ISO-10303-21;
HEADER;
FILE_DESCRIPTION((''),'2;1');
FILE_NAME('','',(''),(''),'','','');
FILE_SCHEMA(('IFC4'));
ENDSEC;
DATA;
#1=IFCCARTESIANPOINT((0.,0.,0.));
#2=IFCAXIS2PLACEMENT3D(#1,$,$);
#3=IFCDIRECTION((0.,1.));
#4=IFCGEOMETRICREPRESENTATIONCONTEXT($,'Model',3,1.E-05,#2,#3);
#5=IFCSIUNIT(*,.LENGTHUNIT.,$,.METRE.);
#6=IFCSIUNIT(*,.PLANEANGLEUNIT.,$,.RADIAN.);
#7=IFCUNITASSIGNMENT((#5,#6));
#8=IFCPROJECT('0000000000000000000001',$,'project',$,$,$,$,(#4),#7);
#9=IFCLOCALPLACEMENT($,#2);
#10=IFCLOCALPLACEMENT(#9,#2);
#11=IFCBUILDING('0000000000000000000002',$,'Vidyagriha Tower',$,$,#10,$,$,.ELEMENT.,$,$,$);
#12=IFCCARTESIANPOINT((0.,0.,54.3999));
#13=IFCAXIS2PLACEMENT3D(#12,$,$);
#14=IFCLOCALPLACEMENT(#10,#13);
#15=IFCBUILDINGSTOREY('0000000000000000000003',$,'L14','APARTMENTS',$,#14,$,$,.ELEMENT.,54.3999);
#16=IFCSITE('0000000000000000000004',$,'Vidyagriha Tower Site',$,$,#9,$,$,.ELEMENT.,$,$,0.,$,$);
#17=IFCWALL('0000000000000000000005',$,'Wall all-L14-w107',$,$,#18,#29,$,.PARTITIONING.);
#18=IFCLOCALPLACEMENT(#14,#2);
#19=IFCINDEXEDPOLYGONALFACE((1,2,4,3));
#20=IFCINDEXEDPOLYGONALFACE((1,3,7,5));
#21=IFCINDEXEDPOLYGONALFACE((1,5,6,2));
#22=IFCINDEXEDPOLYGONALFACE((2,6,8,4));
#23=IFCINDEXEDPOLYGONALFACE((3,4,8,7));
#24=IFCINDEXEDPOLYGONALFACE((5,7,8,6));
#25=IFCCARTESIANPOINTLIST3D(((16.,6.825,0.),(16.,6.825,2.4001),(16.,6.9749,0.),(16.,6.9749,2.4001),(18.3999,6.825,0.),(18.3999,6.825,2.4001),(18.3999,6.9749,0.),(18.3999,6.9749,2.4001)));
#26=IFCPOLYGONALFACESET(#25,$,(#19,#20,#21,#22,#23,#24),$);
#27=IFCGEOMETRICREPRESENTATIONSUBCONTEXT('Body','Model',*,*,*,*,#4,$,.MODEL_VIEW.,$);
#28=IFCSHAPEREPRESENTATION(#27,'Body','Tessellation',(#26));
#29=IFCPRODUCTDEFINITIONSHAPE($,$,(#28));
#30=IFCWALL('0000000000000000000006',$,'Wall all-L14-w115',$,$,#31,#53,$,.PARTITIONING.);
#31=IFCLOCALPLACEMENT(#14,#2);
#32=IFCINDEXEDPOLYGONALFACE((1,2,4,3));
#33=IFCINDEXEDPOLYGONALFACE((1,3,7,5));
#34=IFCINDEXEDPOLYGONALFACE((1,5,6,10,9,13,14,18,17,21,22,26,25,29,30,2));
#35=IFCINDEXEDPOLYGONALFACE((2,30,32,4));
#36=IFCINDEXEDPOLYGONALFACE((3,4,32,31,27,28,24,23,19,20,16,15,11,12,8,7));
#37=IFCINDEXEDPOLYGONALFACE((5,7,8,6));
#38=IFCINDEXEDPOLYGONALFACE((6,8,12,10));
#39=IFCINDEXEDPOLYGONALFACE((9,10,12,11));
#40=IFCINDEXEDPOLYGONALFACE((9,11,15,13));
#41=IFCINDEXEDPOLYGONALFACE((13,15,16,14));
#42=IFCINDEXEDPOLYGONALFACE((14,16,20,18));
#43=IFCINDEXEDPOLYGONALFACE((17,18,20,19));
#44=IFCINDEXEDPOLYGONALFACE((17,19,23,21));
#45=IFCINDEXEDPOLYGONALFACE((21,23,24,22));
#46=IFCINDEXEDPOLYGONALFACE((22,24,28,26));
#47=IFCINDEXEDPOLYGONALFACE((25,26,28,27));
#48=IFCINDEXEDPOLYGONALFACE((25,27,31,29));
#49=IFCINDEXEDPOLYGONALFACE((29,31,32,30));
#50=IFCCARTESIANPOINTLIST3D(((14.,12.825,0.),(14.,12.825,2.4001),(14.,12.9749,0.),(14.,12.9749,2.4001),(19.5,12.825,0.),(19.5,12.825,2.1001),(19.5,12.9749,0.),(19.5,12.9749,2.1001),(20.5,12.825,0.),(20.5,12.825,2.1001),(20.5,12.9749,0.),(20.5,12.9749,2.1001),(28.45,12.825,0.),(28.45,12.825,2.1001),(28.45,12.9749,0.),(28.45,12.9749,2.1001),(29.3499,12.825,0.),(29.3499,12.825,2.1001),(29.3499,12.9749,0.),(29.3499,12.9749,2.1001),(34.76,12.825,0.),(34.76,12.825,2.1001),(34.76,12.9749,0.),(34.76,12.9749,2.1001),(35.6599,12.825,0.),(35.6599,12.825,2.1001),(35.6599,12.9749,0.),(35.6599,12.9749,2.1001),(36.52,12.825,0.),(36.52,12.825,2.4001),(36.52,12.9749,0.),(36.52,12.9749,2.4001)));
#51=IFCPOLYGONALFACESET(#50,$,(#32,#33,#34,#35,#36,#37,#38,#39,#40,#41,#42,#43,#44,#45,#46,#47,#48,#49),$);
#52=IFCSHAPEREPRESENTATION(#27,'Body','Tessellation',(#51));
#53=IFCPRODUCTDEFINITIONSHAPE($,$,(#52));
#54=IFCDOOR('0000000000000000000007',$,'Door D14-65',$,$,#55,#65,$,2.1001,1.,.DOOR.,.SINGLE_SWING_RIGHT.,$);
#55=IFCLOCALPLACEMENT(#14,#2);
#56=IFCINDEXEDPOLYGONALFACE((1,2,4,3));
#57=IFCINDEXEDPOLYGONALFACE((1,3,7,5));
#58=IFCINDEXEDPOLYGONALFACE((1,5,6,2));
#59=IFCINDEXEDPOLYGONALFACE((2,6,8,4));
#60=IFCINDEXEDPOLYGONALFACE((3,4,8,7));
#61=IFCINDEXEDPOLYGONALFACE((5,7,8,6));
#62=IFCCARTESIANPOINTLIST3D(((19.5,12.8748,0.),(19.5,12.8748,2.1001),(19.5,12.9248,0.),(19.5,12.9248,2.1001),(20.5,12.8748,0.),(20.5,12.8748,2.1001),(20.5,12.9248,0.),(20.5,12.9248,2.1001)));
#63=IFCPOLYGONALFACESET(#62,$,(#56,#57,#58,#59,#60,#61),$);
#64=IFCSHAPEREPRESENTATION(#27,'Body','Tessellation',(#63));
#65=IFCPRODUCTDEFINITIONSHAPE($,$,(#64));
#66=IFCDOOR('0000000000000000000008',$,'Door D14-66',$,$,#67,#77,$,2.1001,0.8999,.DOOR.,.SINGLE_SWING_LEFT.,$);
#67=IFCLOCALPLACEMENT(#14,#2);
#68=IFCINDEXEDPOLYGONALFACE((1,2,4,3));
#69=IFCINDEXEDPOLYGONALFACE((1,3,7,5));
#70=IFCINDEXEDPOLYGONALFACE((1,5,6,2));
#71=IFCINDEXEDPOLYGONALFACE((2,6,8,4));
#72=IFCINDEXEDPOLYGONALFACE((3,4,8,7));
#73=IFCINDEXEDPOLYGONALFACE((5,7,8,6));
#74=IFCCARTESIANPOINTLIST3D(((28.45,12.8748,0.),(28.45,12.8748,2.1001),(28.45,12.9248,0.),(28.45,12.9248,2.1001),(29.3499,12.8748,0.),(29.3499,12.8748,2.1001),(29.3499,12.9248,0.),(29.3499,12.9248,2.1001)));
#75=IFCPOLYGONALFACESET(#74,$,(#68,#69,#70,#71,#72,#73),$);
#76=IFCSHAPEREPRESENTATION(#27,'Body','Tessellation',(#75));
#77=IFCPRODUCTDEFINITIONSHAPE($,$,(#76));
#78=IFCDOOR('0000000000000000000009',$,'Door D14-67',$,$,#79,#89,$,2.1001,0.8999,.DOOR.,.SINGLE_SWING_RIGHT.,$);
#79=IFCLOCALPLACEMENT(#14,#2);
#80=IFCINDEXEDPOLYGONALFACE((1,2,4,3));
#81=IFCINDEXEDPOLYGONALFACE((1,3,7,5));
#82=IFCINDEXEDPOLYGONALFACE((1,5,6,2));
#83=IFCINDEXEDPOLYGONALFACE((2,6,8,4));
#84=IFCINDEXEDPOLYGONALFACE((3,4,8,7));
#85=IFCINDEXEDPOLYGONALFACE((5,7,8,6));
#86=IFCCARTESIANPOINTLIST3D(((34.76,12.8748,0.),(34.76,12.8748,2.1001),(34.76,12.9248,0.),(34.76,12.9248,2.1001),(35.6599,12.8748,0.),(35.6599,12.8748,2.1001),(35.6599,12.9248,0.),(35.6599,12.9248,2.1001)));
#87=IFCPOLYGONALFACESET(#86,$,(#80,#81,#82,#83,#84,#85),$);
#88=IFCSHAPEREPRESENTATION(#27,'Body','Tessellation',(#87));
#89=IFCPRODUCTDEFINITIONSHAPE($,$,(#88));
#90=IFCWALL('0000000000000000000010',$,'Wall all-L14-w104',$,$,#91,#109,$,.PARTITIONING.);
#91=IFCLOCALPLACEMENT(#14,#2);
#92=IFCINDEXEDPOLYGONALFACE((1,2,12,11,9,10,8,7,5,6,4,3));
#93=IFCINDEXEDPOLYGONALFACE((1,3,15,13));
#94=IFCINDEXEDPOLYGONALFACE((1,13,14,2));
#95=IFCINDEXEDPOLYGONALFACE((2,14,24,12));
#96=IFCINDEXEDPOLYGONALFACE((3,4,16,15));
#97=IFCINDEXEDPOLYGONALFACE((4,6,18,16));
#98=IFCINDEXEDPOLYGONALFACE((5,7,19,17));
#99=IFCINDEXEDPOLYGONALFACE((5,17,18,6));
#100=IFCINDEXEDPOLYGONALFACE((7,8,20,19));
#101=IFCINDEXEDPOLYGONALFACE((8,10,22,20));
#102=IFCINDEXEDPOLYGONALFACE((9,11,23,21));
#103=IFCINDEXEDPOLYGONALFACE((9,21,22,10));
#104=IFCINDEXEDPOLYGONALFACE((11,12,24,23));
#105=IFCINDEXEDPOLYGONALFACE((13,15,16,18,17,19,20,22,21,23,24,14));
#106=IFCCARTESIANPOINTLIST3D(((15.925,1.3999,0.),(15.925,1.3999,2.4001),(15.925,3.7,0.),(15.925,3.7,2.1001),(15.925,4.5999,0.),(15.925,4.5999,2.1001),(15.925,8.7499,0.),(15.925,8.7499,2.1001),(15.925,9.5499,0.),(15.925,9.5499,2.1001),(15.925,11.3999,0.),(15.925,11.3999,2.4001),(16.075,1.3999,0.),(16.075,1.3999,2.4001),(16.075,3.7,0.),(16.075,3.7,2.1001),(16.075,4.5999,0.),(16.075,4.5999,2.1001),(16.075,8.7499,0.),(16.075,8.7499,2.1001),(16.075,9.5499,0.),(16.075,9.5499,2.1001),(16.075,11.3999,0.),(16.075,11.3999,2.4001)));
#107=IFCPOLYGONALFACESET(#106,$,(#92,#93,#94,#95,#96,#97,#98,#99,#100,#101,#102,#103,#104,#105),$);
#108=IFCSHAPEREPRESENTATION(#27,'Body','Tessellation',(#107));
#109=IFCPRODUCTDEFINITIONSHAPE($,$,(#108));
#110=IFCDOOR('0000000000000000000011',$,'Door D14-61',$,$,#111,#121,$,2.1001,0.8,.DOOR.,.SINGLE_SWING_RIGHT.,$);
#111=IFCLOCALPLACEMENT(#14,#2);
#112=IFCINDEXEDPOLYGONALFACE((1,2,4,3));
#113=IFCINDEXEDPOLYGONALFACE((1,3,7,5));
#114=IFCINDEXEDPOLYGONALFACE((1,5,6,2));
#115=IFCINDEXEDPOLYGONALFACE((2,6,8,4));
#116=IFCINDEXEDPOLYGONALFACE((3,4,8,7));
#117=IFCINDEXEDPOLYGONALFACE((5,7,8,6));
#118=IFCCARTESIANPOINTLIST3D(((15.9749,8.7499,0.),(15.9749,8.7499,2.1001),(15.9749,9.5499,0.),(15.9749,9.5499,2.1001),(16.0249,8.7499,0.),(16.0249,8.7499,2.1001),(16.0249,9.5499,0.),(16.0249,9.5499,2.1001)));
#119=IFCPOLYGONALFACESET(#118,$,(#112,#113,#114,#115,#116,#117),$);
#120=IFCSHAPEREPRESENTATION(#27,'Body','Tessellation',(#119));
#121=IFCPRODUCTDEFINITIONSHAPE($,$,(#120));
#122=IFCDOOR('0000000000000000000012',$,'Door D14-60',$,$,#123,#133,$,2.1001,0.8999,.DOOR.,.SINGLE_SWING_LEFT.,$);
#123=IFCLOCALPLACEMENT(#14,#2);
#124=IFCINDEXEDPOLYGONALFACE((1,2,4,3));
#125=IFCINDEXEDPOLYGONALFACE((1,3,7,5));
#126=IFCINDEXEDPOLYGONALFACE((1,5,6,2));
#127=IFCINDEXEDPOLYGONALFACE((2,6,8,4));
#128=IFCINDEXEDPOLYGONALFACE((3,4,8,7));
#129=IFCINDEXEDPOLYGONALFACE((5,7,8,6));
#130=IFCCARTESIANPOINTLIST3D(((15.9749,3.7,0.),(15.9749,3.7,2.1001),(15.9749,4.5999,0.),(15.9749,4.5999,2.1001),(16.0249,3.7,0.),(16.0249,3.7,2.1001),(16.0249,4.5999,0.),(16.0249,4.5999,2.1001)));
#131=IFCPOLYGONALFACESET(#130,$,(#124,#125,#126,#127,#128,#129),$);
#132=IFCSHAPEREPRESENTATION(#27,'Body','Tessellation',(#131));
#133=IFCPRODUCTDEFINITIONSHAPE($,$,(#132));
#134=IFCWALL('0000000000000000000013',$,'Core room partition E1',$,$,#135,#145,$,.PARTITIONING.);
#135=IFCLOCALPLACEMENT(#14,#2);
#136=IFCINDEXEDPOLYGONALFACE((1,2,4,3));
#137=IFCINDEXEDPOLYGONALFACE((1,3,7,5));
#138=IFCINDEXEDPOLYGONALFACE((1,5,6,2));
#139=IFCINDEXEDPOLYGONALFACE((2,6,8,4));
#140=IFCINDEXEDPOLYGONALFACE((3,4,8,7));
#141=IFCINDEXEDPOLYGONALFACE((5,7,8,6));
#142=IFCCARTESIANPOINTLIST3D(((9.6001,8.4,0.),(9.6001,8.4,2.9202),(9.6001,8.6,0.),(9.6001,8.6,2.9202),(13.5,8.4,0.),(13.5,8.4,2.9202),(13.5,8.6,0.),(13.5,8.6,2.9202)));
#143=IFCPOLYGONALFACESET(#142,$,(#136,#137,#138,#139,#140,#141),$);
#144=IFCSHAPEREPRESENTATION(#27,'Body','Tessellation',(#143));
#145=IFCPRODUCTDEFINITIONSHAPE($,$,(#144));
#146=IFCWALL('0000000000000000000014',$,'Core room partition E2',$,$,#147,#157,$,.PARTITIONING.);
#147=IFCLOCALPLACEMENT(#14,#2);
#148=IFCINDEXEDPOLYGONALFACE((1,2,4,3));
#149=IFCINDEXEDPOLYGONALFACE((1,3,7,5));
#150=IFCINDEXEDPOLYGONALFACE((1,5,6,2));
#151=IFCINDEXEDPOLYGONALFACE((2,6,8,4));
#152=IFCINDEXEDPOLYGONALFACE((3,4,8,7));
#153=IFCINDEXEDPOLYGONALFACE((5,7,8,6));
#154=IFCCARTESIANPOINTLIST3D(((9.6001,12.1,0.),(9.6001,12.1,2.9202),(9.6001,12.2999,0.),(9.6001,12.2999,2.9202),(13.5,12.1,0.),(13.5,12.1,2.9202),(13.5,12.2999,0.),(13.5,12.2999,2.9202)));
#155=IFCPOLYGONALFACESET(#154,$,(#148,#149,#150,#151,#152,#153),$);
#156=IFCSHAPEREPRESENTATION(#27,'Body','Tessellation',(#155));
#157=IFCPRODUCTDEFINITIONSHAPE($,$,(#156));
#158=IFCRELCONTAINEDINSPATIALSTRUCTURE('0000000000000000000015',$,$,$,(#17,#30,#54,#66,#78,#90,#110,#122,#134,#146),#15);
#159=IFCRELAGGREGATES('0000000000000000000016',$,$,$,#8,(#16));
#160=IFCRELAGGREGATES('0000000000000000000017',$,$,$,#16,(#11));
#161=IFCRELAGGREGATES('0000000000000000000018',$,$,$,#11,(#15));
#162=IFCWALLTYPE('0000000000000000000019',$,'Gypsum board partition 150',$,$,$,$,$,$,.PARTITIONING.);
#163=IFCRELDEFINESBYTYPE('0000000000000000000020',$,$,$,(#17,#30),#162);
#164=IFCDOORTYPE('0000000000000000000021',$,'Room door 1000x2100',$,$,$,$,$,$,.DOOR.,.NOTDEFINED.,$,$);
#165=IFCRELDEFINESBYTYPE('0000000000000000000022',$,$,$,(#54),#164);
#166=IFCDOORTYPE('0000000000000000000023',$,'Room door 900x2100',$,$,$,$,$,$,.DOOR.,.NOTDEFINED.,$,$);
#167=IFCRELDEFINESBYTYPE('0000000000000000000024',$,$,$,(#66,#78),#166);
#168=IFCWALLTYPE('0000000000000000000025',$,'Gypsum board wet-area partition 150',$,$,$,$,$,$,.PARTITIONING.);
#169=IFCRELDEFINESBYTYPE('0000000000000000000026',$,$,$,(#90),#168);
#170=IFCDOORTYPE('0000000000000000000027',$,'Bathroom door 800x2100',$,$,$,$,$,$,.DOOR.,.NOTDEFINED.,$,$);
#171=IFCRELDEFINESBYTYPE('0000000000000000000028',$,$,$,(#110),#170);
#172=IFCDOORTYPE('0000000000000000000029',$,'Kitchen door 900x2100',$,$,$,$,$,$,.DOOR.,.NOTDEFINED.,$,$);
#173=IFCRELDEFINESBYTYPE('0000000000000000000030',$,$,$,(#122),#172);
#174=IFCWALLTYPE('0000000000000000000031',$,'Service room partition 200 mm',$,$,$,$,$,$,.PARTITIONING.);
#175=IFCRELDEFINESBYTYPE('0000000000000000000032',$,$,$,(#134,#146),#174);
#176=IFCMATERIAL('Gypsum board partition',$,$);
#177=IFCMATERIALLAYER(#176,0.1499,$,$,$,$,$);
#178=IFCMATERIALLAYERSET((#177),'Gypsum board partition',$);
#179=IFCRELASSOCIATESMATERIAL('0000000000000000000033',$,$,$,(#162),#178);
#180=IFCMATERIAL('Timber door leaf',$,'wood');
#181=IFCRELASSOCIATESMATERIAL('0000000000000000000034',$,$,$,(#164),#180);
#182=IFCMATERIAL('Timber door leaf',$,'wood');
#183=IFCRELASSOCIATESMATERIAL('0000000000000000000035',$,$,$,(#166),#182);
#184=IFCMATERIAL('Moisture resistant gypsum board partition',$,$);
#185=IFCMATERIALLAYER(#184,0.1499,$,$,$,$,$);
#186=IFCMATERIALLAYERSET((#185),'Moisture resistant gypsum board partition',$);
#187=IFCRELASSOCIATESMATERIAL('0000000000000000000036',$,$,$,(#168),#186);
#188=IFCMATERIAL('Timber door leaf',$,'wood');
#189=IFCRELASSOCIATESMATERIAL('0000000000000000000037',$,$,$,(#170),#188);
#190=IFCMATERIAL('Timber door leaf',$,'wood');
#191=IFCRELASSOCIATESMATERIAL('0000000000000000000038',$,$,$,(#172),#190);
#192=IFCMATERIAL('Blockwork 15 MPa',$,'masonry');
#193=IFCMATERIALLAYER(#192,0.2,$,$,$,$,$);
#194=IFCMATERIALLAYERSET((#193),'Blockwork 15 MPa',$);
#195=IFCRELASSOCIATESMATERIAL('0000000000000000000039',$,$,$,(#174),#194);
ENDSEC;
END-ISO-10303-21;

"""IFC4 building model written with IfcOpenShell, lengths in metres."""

from ifc_helpers import new_model, si_unit, direction, frame, frame_2d, origin, place, context, subcontext, project, spatial, rectangle, extrude, material, layer, layer_set, type_object, element, fill, save


model = new_model("IFC4")

# Units and contexts
model_context = context("Model", 3, precision=1e-05, world=origin(), true_north=direction((0.0, 1.0)))
body_context = subcontext(model_context, "Body", "Model", "MODEL_VIEW")
ifc_project = project(units=[si_unit("LENGTHUNIT", "METRE"), si_unit("PLANEANGLEUNIT", "RADIAN")], contexts=[model_context])

# Site, building, storey
site_placement = place(None, origin())
site = spatial("IfcSite", under=ifc_project, at=site_placement, Name="Vidyagriha Tower Site", CompositionType="ELEMENT", RefElevation=0.0)
building_placement = place(site_placement, origin())
building = spatial("IfcBuilding", under=site, at=building_placement, Name="Vidyagriha Tower", CompositionType="ELEMENT")
storey_placement = place(building_placement, frame((0.0, 0.0, 54.3999)))
storey = spatial("IfcBuildingStorey", under=building, at=storey_placement, Name="L14", Description="APARTMENTS", CompositionType="ELEMENT", Elevation=54.3999)

# Wall
ifc_material_1 = material(Name="Gypsum board partition")
ifc_layer_1 = layer(ifc_material_1, 0.1499)
ifc_layer_set_1 = layer_set([ifc_layer_1], Name="Gypsum board partition")
wall_type_1 = type_object("IfcWallType", Name="Gypsum board partition 150", PredefinedType="PARTITIONING", material=ifc_layer_set_1)
wall_1_placement = place(storey_placement, frame((16.0, 6.8999, 0.0)))
element("IfcWall", 1, at=wall_1_placement, inside=storey, type_object=wall_type_1, Name="Wall all-L14-w107", PredefinedType="PARTITIONING", context=body_context, shape_type="SweptSolid", body=[
    extrude(rectangle(XDim=2.3999, YDim=0.1499, at=frame_2d((1.2, 0.0))), origin(), (0.0, 0.0, 1.0), 2.4001),
])

# Walls, openings, doors
wall_2_placement = place(storey_placement, frame((14.0, 12.8999, 0.0)))
wall_2 = element("IfcWall", 2, at=wall_2_placement, inside=storey, type_object=wall_type_1, Name="Wall all-L14-w115", PredefinedType="PARTITIONING", context=body_context, shape_type="SweptSolid", body=[
    extrude(rectangle(XDim=22.52, YDim=0.1499, at=frame_2d((11.26, 0.0))), origin(), (0.0, 0.0, 1.0), 2.4001),
])
opening_1_placement = place(wall_2_placement, frame((5.5, 0.0, 0.0)))
opening_1 = element("IfcOpeningElement", 3, at=opening_1_placement, cuts=wall_2, PredefinedType="OPENING", context=body_context, shape_type="SweptSolid", body=[
    extrude(rectangle(XDim=1.0, YDim=2.1001, at=frame_2d((0.5, 1.05))), frame((0.0, 0.085, 0.0), z_axis=(0.0, -1.0, 0.0), x_axis=(1.0, 0.0, 0.0)), (0.0, 0.0, 1.0), 0.1699),
])
opening_2_placement = place(wall_2_placement, frame((14.45, 0.0, 0.0)))
opening_2 = element("IfcOpeningElement", 4, at=opening_2_placement, cuts=wall_2, PredefinedType="OPENING", context=body_context, shape_type="SweptSolid", body=[
    extrude(rectangle(XDim=0.8999, YDim=2.1001, at=frame_2d((0.45, 1.05))), frame((0.0, 0.085, 0.0), z_axis=(0.0, -1.0, 0.0), x_axis=(1.0, 0.0, 0.0)), (0.0, 0.0, 1.0), 0.1699),
])
opening_3_placement = place(wall_2_placement, frame((20.76, 0.0, 0.0)))
opening_3 = element("IfcOpeningElement", 5, at=opening_3_placement, cuts=wall_2, PredefinedType="OPENING", context=body_context, shape_type="SweptSolid", body=[
    extrude(rectangle(XDim=0.8999, YDim=2.1001, at=frame_2d((0.45, 1.05))), frame((0.0, 0.085, 0.0), z_axis=(0.0, -1.0, 0.0), x_axis=(1.0, 0.0, 0.0)), (0.0, 0.0, 1.0), 0.1699),
])
ifc_material_2 = material(Name="Timber door leaf", Category="wood")
door_type_1 = type_object("IfcDoorType", Name="Room door 1000x2100", OperationType="NOTDEFINED", PredefinedType="DOOR", material=ifc_material_2)
door_1_placement = place(opening_1_placement, origin())
door_1 = element("IfcDoor", 6, at=door_1_placement, inside=storey, type_object=door_type_1, Name="Door D14-65", OperationType="SINGLE_SWING_RIGHT", OverallHeight=2.1001, OverallWidth=1.0, PredefinedType="DOOR", context=body_context, shape_type="SweptSolid", body=[
    extrude(rectangle(XDim=1.0, YDim=2.1001, at=frame_2d((0.5, 1.05))), frame((0.0, 0.0249, 0.0), z_axis=(0.0, -1.0, 0.0), x_axis=(1.0, 0.0, 0.0)), (0.0, 0.0, 1.0), 0.05),
])
fill(opening_1, door_1)
ifc_material_3 = material(Name="Timber door leaf", Category="wood")
door_type_2 = type_object("IfcDoorType", Name="Room door 900x2100", OperationType="NOTDEFINED", PredefinedType="DOOR", material=ifc_material_3)
door_2_placement = place(opening_2_placement, origin())
door_2 = element("IfcDoor", 7, at=door_2_placement, inside=storey, type_object=door_type_2, Name="Door D14-66", OperationType="SINGLE_SWING_LEFT", OverallHeight=2.1001, OverallWidth=0.8999, PredefinedType="DOOR", context=body_context, shape_type="SweptSolid", body=[
    extrude(rectangle(XDim=0.8999, YDim=2.1001, at=frame_2d((0.45, 1.05))), frame((0.0, 0.0249, 0.0), z_axis=(0.0, -1.0, 0.0), x_axis=(1.0, 0.0, 0.0)), (0.0, 0.0, 1.0), 0.05),
])
fill(opening_2, door_2)
door_3_placement = place(opening_3_placement, origin())
door_3 = element("IfcDoor", 8, at=door_3_placement, inside=storey, type_object=door_type_2, Name="Door D14-67", OperationType="SINGLE_SWING_RIGHT", OverallHeight=2.1001, OverallWidth=0.8999, PredefinedType="DOOR", context=body_context, shape_type="SweptSolid", body=[
    extrude(rectangle(XDim=0.8999, YDim=2.1001, at=frame_2d((0.45, 1.05))), frame((0.0, 0.0249, 0.0), z_axis=(0.0, -1.0, 0.0), x_axis=(1.0, 0.0, 0.0)), (0.0, 0.0, 1.0), 0.05),
])
fill(opening_3, door_3)
ifc_material_4 = material(Name="Moisture resistant gypsum board partition")
ifc_layer_2 = layer(ifc_material_4, 0.1499)
ifc_layer_set_2 = layer_set([ifc_layer_2], Name="Moisture resistant gypsum board partition")
wall_type_2 = type_object("IfcWallType", Name="Gypsum board wet-area partition 150", PredefinedType="PARTITIONING", material=ifc_layer_set_2)
wall_3_placement = place(storey_placement, frame((16.0, 11.3999, 0.0), z_axis=(0.0, 0.0, 1.0), x_axis=(0.0, -1.0, 0.0)))
wall_3 = element("IfcWall", 9, at=wall_3_placement, inside=storey, type_object=wall_type_2, Name="Wall all-L14-w104", PredefinedType="PARTITIONING", context=body_context, shape_type="SweptSolid", body=[
    extrude(rectangle(XDim=10.0, YDim=0.1499, at=frame_2d((5.0, 0.0))), origin(), (0.0, 0.0, 1.0), 2.4001),
])
opening_4_placement = place(wall_3_placement, frame((6.8, 0.0, 0.0)))
opening_4 = element("IfcOpeningElement", 10, at=opening_4_placement, cuts=wall_3, PredefinedType="OPENING", context=body_context, shape_type="SweptSolid", body=[
    extrude(rectangle(XDim=0.8999, YDim=2.1001, at=frame_2d((0.45, 1.05))), frame((0.0, 0.085, 0.0), z_axis=(0.0, -1.0, 0.0), x_axis=(1.0, 0.0, 0.0)), (0.0, 0.0, 1.0), 0.1699),
])
opening_5_placement = place(wall_3_placement, frame((1.8501, 0.0, 0.0)))
opening_5 = element("IfcOpeningElement", 11, at=opening_5_placement, cuts=wall_3, PredefinedType="OPENING", context=body_context, shape_type="SweptSolid", body=[
    extrude(rectangle(XDim=0.8, YDim=2.1001, at=frame_2d((0.3999, 1.05))), frame((0.0, 0.085, 0.0), z_axis=(0.0, -1.0, 0.0), x_axis=(1.0, 0.0, 0.0)), (0.0, 0.0, 1.0), 0.1699),
])
ifc_material_5 = material(Name="Timber door leaf", Category="wood")
door_type_3 = type_object("IfcDoorType", Name="Bathroom door 800x2100", OperationType="NOTDEFINED", PredefinedType="DOOR", material=ifc_material_5)
door_4_placement = place(opening_5_placement, origin())
door_4 = element("IfcDoor", 12, at=door_4_placement, inside=storey, type_object=door_type_3, Name="Door D14-61", OperationType="SINGLE_SWING_RIGHT", OverallHeight=2.1001, OverallWidth=0.8, PredefinedType="DOOR", context=body_context, shape_type="SweptSolid", body=[
    extrude(rectangle(XDim=0.8, YDim=2.1001, at=frame_2d((0.3999, 1.05))), frame((0.0, 0.0249, 0.0), z_axis=(0.0, -1.0, 0.0), x_axis=(1.0, 0.0, 0.0)), (0.0, 0.0, 1.0), 0.05),
])
fill(opening_5, door_4)
ifc_material_6 = material(Name="Timber door leaf", Category="wood")
door_type_4 = type_object("IfcDoorType", Name="Kitchen door 900x2100", OperationType="NOTDEFINED", PredefinedType="DOOR", material=ifc_material_6)
door_5_placement = place(opening_4_placement, origin())
door_5 = element("IfcDoor", 13, at=door_5_placement, inside=storey, type_object=door_type_4, Name="Door D14-60", OperationType="SINGLE_SWING_LEFT", OverallHeight=2.1001, OverallWidth=0.8999, PredefinedType="DOOR", context=body_context, shape_type="SweptSolid", body=[
    extrude(rectangle(XDim=0.8999, YDim=2.1001, at=frame_2d((0.45, 1.05))), frame((0.0, 0.0249, 0.0), z_axis=(0.0, -1.0, 0.0), x_axis=(1.0, 0.0, 0.0)), (0.0, 0.0, 1.0), 0.05),
])
fill(opening_4, door_5)

# Walls
ifc_material_7 = material(Name="Blockwork 15 MPa", Category="masonry")
ifc_layer_3 = layer(ifc_material_7, 0.2)
ifc_layer_set_3 = layer_set([ifc_layer_3], Name="Blockwork 15 MPa")
wall_type_3 = type_object("IfcWallType", Name="Service room partition 200 mm", PredefinedType="PARTITIONING", material=ifc_layer_set_3)
for number, where, name in (
    (14, (9.6001, 8.5, 0.0), "Core room partition E1"),
    (15, (9.6001, 12.2, 0.0), "Core room partition E2"),
):
    element("IfcWall", number, at=place(storey_placement, frame(where)), inside=storey, type_object=wall_type_3, Name=name, PredefinedType="PARTITIONING", context=body_context, shape_type="SweptSolid", body=[
        extrude(rectangle(XDim=3.8999, YDim=0.2, at=frame_2d((1.95, 0.0))), origin(), (0.0, 0.0, 1.0), 2.9202),
    ])

save(model, "model.ifc")
